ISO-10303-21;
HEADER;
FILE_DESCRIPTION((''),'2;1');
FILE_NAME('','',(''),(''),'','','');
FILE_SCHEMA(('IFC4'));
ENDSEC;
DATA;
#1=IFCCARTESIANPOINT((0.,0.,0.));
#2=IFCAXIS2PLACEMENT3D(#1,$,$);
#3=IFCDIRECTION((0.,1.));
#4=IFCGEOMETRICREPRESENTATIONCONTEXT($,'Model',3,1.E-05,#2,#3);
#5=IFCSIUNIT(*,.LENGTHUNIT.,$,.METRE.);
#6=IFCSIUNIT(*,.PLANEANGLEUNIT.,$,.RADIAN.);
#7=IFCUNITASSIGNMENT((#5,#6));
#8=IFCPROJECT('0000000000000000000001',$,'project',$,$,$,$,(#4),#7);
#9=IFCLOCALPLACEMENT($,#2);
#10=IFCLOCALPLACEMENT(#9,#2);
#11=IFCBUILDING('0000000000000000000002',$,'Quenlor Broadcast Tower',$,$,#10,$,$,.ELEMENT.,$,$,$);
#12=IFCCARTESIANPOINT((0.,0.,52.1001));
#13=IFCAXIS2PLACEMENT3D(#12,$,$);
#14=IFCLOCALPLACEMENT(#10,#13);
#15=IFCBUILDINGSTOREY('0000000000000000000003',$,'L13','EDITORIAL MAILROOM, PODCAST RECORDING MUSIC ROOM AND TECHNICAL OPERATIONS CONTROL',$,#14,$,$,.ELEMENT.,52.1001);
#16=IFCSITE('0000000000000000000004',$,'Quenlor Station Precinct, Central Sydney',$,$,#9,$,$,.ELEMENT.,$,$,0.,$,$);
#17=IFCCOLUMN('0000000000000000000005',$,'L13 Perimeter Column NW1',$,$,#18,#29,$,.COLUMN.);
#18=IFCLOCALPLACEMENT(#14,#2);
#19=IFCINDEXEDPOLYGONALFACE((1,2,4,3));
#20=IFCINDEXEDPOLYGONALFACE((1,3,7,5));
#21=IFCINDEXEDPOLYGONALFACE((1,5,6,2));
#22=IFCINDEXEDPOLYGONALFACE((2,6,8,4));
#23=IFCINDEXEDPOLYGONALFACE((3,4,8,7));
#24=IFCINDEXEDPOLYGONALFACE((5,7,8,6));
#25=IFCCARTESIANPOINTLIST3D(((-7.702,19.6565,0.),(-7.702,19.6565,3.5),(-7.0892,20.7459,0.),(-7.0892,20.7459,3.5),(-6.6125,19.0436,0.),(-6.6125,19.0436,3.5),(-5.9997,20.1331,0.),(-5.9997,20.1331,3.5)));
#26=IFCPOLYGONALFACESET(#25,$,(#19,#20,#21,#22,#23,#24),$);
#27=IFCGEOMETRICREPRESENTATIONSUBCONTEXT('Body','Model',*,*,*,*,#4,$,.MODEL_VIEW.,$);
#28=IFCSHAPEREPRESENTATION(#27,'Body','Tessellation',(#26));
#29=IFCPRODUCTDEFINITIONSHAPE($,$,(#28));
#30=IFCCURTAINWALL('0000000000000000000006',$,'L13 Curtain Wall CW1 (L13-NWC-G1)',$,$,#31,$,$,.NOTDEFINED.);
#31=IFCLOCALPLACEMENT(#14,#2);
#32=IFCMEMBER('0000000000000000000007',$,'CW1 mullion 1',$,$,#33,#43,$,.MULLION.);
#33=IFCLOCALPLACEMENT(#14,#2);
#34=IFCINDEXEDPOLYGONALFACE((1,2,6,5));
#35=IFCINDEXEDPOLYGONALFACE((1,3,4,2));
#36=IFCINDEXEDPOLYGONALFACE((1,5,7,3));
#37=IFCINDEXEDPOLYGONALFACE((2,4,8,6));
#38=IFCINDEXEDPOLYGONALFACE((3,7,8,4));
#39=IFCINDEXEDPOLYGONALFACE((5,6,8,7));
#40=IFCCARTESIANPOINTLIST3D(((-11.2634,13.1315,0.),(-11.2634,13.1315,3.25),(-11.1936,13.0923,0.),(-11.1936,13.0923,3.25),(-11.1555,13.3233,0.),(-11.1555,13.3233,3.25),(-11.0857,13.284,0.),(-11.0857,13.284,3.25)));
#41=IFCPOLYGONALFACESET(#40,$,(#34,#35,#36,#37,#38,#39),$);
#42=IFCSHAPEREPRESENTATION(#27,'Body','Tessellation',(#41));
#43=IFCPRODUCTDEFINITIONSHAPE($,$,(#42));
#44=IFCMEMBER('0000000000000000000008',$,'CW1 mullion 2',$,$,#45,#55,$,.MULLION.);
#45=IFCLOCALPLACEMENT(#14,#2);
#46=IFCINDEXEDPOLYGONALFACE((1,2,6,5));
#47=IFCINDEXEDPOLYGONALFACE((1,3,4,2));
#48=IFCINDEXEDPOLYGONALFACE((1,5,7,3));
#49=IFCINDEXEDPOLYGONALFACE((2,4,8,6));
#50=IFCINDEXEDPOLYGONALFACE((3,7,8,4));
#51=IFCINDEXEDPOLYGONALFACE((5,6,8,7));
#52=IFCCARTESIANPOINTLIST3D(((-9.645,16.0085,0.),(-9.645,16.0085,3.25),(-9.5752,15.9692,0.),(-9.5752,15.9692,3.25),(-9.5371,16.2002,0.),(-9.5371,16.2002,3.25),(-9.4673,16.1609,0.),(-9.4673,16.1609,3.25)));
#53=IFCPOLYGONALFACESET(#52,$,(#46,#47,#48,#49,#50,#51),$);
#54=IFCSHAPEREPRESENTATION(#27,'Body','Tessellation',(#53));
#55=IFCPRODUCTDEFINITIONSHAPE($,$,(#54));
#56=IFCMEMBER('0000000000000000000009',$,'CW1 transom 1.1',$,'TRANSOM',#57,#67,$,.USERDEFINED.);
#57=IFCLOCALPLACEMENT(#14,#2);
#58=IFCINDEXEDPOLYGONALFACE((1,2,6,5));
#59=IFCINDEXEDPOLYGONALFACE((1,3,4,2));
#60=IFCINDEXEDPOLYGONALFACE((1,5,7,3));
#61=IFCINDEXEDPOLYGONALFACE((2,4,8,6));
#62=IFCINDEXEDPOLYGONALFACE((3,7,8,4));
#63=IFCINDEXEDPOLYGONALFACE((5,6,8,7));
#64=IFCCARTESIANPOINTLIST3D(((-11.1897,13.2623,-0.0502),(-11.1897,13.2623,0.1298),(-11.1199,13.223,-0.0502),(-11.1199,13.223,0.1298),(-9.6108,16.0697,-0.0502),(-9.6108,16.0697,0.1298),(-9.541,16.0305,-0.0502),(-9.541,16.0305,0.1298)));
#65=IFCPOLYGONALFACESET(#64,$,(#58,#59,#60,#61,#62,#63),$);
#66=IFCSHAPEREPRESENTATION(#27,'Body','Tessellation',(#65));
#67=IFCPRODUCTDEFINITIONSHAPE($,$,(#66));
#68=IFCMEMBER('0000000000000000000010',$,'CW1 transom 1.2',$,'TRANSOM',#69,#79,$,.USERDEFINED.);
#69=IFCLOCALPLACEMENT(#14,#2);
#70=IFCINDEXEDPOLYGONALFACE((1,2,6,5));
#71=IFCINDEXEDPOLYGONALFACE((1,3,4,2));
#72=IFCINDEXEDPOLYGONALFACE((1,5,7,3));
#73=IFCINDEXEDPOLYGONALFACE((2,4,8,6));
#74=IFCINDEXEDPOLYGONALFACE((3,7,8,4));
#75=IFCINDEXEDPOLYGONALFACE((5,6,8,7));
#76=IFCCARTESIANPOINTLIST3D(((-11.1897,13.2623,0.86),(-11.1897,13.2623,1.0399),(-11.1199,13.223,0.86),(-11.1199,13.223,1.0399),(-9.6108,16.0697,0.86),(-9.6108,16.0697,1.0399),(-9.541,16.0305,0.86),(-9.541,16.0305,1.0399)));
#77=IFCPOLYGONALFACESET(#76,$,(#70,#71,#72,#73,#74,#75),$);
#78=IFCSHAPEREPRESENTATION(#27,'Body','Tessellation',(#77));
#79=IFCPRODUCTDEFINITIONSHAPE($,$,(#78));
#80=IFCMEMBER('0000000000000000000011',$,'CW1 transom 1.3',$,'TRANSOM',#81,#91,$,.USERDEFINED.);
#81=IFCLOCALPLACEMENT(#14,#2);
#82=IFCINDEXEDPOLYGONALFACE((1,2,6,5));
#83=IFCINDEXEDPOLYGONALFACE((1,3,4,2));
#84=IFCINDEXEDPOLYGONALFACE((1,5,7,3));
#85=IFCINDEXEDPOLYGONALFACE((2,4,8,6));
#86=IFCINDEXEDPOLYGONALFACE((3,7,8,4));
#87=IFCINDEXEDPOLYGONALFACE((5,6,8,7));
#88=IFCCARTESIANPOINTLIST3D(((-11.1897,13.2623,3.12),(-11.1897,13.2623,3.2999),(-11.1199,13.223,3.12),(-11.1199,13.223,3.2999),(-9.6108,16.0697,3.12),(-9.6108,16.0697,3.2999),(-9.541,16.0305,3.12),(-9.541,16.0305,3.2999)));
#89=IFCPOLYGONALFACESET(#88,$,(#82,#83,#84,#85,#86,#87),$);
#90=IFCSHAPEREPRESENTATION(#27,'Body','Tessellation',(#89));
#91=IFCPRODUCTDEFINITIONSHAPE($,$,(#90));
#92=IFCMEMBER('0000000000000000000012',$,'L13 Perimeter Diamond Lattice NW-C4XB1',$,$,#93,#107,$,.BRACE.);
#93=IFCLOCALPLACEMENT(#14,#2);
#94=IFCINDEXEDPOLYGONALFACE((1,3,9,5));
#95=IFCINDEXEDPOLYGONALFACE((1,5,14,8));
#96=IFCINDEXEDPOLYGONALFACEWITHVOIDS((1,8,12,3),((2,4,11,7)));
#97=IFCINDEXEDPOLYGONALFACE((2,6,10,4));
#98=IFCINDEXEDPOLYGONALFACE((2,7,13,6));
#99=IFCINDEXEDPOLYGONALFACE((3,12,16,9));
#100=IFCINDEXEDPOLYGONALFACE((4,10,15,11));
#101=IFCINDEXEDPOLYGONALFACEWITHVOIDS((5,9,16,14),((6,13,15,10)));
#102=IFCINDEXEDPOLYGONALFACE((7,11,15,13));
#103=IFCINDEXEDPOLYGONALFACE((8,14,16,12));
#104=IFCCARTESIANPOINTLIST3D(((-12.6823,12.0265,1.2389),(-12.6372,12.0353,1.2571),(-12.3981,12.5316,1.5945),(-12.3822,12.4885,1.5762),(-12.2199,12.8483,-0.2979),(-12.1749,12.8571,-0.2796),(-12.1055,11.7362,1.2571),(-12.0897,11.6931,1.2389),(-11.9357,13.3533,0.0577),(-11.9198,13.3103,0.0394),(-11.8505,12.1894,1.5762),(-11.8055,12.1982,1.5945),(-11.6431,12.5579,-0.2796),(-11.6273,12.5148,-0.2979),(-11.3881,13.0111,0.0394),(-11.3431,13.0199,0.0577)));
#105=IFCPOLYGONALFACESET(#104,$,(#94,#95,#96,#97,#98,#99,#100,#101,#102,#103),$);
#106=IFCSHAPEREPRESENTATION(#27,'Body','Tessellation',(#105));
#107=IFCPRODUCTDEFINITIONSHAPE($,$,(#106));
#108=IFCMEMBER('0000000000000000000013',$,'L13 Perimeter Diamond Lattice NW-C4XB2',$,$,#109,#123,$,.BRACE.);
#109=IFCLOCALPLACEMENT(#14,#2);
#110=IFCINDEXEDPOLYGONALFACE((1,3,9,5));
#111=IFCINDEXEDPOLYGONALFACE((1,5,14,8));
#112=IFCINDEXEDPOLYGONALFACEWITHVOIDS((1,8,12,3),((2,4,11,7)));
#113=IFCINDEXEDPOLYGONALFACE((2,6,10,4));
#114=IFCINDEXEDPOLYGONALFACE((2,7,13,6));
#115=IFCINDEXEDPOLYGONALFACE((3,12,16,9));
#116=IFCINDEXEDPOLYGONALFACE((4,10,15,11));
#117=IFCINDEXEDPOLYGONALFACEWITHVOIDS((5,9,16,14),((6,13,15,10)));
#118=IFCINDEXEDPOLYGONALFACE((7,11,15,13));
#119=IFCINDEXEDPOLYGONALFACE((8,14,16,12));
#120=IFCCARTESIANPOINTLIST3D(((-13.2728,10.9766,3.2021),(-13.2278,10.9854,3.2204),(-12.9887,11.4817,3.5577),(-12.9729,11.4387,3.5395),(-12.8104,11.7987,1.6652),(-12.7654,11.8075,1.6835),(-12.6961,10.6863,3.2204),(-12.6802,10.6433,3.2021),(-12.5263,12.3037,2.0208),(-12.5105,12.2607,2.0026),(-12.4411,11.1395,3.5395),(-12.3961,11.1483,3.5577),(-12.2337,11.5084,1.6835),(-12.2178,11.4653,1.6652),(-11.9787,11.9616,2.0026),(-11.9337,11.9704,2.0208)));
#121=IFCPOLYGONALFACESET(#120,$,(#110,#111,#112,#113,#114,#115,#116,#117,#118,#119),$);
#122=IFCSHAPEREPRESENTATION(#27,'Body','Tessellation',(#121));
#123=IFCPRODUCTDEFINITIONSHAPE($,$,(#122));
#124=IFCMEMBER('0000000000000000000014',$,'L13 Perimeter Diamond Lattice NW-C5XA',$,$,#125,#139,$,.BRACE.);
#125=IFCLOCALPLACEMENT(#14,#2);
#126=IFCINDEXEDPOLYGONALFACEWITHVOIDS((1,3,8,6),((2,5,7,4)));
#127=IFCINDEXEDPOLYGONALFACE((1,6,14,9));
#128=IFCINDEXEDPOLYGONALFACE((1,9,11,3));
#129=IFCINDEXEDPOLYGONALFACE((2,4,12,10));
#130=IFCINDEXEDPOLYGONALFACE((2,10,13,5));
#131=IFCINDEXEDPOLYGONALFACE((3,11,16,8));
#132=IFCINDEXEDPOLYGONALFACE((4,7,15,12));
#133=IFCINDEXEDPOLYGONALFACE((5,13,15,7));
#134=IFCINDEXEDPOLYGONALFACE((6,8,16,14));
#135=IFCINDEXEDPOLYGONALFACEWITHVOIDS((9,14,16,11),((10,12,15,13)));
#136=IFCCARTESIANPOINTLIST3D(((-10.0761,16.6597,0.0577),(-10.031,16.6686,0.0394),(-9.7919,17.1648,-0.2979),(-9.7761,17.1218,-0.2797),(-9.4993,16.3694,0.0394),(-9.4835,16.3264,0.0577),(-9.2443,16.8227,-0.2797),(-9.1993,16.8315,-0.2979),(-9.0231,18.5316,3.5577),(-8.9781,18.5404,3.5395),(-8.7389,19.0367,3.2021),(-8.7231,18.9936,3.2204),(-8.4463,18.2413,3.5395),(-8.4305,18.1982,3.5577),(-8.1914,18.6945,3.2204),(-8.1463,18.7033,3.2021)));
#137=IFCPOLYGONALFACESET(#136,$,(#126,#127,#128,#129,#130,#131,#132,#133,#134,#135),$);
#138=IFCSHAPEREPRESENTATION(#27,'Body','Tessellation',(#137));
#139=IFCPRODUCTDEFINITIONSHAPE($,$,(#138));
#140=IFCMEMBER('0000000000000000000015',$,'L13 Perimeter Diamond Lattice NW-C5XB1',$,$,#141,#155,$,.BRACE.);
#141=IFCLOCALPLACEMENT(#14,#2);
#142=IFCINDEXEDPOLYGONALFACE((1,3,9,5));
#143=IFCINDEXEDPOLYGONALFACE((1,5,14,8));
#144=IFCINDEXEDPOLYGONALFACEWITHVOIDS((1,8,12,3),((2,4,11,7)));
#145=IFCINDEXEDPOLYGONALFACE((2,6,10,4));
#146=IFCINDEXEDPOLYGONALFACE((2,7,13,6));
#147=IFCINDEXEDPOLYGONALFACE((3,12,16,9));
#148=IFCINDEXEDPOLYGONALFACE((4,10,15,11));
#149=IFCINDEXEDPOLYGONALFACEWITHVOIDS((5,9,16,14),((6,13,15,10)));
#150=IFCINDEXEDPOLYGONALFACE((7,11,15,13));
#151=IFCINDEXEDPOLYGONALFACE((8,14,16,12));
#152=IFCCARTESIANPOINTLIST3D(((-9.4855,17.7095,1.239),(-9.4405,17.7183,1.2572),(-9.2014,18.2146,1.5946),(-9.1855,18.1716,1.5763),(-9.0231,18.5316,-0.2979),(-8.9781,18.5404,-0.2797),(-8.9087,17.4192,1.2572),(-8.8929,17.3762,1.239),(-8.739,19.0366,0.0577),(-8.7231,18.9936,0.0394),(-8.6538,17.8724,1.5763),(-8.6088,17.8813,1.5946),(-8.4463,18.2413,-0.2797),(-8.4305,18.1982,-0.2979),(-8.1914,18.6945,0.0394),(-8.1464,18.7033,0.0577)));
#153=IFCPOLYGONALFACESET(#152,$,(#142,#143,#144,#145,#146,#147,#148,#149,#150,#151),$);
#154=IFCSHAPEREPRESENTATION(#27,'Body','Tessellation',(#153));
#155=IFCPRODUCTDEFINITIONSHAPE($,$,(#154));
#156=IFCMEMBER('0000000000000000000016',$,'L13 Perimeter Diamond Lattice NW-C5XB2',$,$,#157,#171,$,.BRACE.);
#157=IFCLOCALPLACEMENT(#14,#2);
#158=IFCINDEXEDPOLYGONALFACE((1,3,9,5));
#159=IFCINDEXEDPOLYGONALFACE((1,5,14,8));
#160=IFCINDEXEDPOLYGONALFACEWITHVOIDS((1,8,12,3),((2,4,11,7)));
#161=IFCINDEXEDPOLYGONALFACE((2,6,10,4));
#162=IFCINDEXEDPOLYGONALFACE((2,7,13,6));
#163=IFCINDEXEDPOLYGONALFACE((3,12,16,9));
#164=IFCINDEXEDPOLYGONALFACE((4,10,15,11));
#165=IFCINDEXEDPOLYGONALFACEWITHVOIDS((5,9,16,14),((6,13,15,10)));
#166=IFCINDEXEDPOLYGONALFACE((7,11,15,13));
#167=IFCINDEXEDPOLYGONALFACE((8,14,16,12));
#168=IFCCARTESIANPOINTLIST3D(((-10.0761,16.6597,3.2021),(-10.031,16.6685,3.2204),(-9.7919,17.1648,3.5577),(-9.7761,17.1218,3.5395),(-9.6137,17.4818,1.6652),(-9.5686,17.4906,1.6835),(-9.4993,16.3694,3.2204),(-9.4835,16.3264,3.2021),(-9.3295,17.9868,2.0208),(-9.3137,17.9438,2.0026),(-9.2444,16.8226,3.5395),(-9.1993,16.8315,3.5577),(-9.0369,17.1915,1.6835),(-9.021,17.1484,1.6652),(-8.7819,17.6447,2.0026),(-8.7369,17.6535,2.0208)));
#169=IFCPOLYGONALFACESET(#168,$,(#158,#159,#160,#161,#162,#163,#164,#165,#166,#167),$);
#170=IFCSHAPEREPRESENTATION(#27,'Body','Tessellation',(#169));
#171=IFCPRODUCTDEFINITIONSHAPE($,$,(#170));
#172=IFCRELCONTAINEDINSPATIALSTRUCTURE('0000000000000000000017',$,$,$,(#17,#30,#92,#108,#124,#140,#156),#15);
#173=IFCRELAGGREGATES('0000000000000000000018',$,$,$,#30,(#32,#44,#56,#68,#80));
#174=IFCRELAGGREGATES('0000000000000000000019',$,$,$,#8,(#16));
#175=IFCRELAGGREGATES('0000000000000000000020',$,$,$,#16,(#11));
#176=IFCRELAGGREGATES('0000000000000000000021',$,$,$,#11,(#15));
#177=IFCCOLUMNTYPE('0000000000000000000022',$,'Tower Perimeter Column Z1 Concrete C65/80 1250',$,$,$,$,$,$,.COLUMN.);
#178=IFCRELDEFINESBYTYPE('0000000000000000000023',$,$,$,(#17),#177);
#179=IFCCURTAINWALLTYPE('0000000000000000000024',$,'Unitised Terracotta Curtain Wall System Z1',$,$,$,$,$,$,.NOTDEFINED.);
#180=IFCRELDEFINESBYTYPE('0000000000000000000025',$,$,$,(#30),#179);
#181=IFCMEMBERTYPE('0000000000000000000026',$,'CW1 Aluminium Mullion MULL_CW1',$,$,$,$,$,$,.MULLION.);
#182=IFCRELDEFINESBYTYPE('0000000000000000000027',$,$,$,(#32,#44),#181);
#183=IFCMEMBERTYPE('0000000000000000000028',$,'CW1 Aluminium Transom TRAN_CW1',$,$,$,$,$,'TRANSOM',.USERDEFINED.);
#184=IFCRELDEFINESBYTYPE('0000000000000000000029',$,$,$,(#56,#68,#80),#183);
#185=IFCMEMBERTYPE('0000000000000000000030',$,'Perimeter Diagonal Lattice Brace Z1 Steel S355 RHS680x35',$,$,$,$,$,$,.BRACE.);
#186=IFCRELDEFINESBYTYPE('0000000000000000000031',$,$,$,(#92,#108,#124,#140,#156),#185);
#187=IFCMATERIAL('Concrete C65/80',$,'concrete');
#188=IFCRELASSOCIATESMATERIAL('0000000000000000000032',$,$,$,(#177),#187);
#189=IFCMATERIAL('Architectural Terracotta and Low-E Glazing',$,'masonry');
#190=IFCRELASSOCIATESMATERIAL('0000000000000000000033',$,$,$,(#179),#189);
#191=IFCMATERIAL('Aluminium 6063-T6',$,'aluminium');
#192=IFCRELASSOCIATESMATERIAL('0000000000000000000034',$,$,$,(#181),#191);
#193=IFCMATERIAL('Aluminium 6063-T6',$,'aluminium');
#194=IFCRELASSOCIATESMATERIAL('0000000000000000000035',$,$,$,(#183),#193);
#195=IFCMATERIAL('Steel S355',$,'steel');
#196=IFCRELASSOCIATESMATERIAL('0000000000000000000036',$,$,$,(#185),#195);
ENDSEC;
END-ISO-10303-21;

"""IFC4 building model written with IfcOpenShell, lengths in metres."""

from ifc_helpers import new_model, si_unit, direction, frame, origin, origin_2d, place, context, subcontext, project, spatial, rectangle, hollow_rectangle, extrude, material, material_profile, profile_set, type_object, element, aggregate, save


model = new_model("IFC4")

# Units and contexts
model_context = context("Model", 3, precision=1e-05, world=origin(), true_north=direction((0.0, 1.0)))
body_context = subcontext(model_context, "Body", "Model", "MODEL_VIEW")
ifc_project = project(units=[si_unit("LENGTHUNIT", "METRE"), si_unit("PLANEANGLEUNIT", "RADIAN")], contexts=[model_context])

# Site, building, storey
site_placement = place(None, origin())
site = spatial("IfcSite", under=ifc_project, at=site_placement, Name="Quenlor Station Precinct, Central Sydney", CompositionType="ELEMENT", RefElevation=0.0)
building_placement = place(site_placement, origin())
building = spatial("IfcBuilding", under=site, at=building_placement, Name="Quenlor Broadcast Tower", CompositionType="ELEMENT")
storey_placement = place(building_placement, frame((0.0, 0.0, 52.1001)))
storey = spatial("IfcBuildingStorey", under=building, at=storey_placement, Name="L13", Description="EDITORIAL MAILROOM, PODCAST RECORDING MUSIC ROOM AND TECHNICAL OPERATIONS CONTROL", CompositionType="ELEMENT", Elevation=52.1001)

# Column
ifc_material_1 = material(Name="Concrete C65/80", Category="concrete")
ifc_material_profile_1 = material_profile(ifc_material_1, rectangle(XDim=1.25, YDim=1.25, at=origin_2d()))
ifc_profile_set_1 = profile_set([ifc_material_profile_1], Name="Concrete C65/80 RC1250x1250")
column_type = type_object("IfcColumnType", Name="Tower Perimeter Column Z1 Concrete C65/80 1250", PredefinedType="COLUMN", material=ifc_profile_set_1)
column_placement = place(storey_placement, frame((-6.8508, 19.8948, 0.0), z_axis=(0.0, 0.0, 1.0), x_axis=(-0.871575, 0.490262, 0.0)))
element("IfcColumn", 1, at=column_placement, inside=storey, type_object=column_type, Name="L13 Perimeter Column NW1", PredefinedType="COLUMN", context=body_context, shape_type="SweptSolid", body=[
    extrude(rectangle(XDim=1.25, YDim=1.25, at=origin_2d()), origin(), (0.0, 0.0, 1.0), 3.5),
])

# Curtain wall, members
ifc_material_2 = material(Name="Architectural Terracotta and Low-E Glazing", Category="masonry")
curtain_wall_type = type_object("IfcCurtainWallType", Name="Unitised Terracotta Curtain Wall System Z1", PredefinedType="NOTDEFINED", material=ifc_material_2)
curtain_wall_placement = place(storey_placement, origin())
curtain_wall = element("IfcCurtainWall", 2, at=curtain_wall_placement, inside=storey, type_object=curtain_wall_type, Name="L13 Curtain Wall CW1 (L13-NWC-G1)", PredefinedType="NOTDEFINED")
ifc_material_3 = material(Name="Aluminium 6063-T6", Category="aluminium")
ifc_material_profile_2 = material_profile(ifc_material_3, rectangle(XDim=0.0801, YDim=0.22, at=origin_2d()))
ifc_profile_set_2 = profile_set([ifc_material_profile_2], Name="Aluminium 6063-T6 MULL80x220")
member_type_1 = type_object("IfcMemberType", Name="CW1 Aluminium Mullion MULL_CW1", PredefinedType="MULLION", material=ifc_profile_set_2)
member_1_placement = place(storey_placement, frame((-11.1746, 13.2078, 0.0), z_axis=(0.0, 0.0, 1.0), x_axis=(-0.871585, 0.490244, 0.0)))
member_1 = element("IfcMember", 3, at=member_1_placement, type_object=member_type_1, Name="CW1 mullion 1", PredefinedType="MULLION", context=body_context, shape_type="SweptSolid", body=[
    extrude(rectangle(XDim=0.0801, YDim=0.22, at=origin_2d()), origin(), (0.0, 0.0, 1.0), 3.25),
])
member_2_placement = place(storey_placement, frame((-9.5562, 16.0847, 0.0), z_axis=(0.0, 0.0, 1.0), x_axis=(-0.871585, 0.490244, 0.0)))
member_2 = element("IfcMember", 4, at=member_2_placement, type_object=member_type_1, Name="CW1 mullion 2", PredefinedType="MULLION", context=body_context, shape_type="SweptSolid", body=[
    extrude(rectangle(XDim=0.0801, YDim=0.22, at=origin_2d()), origin(), (0.0, 0.0, 1.0), 3.25),
])
ifc_material_4 = material(Name="Aluminium 6063-T6", Category="aluminium")
ifc_material_profile_3 = material_profile(ifc_material_4, rectangle(XDim=0.0801, YDim=0.1799, at=origin_2d()))
ifc_profile_set_3 = profile_set([ifc_material_profile_3], Name="Aluminium 6063-T6 TRAN80x180")
member_type_2 = type_object("IfcMemberType", Name="CW1 Aluminium Transom TRAN_CW1", ElementType="TRANSOM", PredefinedType="USERDEFINED", material=ifc_profile_set_3)
member_3_placement = place(storey_placement, frame((-11.1548, 13.2427, 0.0398), z_axis=(0.490193, 0.871614, 0.0), x_axis=(-0.871614, 0.490193, 0.0)))
member_3 = element("IfcMember", 5, at=member_3_placement, type_object=member_type_2, Name="CW1 transom 1.1", ObjectType="TRANSOM", PredefinedType="USERDEFINED", context=body_context, shape_type="SweptSolid", body=[
    extrude(rectangle(XDim=0.0801, YDim=0.1799, at=origin_2d()), origin(), (0.0, 0.0, 1.0), 3.2209),
])
member_4_placement = place(storey_placement, frame((-11.1548, 13.2427, 0.95), z_axis=(0.490193, 0.871614, 0.0), x_axis=(-0.871614, 0.490193, 0.0)))
member_4 = element("IfcMember", 6, at=member_4_placement, type_object=member_type_2, Name="CW1 transom 1.2", ObjectType="TRANSOM", PredefinedType="USERDEFINED", context=body_context, shape_type="SweptSolid", body=[
    extrude(rectangle(XDim=0.0801, YDim=0.1799, at=origin_2d()), origin(), (0.0, 0.0, 1.0), 3.2209),
])
member_5_placement = place(storey_placement, frame((-11.1548, 13.2427, 3.21), z_axis=(0.490193, 0.871614, 0.0), x_axis=(-0.871614, 0.490193, 0.0)))
member_5 = element("IfcMember", 7, at=member_5_placement, type_object=member_type_2, Name="CW1 transom 1.3", ObjectType="TRANSOM", PredefinedType="USERDEFINED", context=body_context, shape_type="SweptSolid", body=[
    extrude(rectangle(XDim=0.0801, YDim=0.1799, at=origin_2d()), origin(), (0.0, 0.0, 1.0), 3.2209),
])

# Members
ifc_material_5 = material(Name="Steel S355", Category="steel")
ifc_material_profile_4 = material_profile(ifc_material_5, hollow_rectangle(XDim=0.6799, YDim=0.6799, WallThickness=0.0349, at=origin_2d()))
ifc_profile_set_4 = profile_set([ifc_material_profile_4], Name="Steel S355 RHS680x680x35")
member_type_3 = type_object("IfcMemberType", Name="Perimeter Diagonal Lattice Brace Z1 Steel S355 RHS680x35", PredefinedType="BRACE", material=ifc_profile_set_4)
member_6_placement = place(storey_placement, frame((-11.7815, 12.9341, -0.1201), z_axis=(-0.256452, -0.455764, 0.852357), x_axis=(0.871506, -0.490384, 0.0)))
element("IfcMember", 8, at=member_6_placement, inside=storey, type_object=member_type_3, Name="L13 Perimeter Diamond Lattice NW-C4XB1", PredefinedType="BRACE", context=body_context, shape_type="SweptSolid", body=[
    extrude(hollow_rectangle(XDim=0.6799, YDim=0.6799, WallThickness=0.0349, at=origin_2d()), origin(), (0.0, 0.0, 1.0), 1.803),
])
member_7_placement = place(storey_placement, frame((-12.3721, 11.8845, 1.843), z_axis=(-0.256436, -0.455871, 0.852304), x_axis=(0.871569, -0.490274, 0.0)))
element("IfcMember", 9, at=member_7_placement, inside=storey, type_object=member_type_3, Name="L13 Perimeter Diamond Lattice NW-C4XB2", PredefinedType="BRACE", context=body_context, shape_type="SweptSolid", body=[
    extrude(hollow_rectangle(XDim=0.6799, YDim=0.6799, WallThickness=0.0349, at=origin_2d()), origin(), (0.0, 0.0, 1.0), 1.8032),
])
member_8_placement = place(storey_placement, frame((-9.6377, 16.7456, -0.1201), z_axis=(0.256424, 0.455832, 0.852329), x_axis=(-0.87156, 0.490288, 0.0)))
element("IfcMember", 10, at=member_8_placement, inside=storey, type_object=member_type_3, Name="L13 Perimeter Diamond Lattice NW-C5XA", PredefinedType="BRACE", context=body_context, shape_type="SweptSolid", body=[
    extrude(hollow_rectangle(XDim=0.6799, YDim=0.6799, WallThickness=0.0349, at=origin_2d()), origin(), (0.0, 0.0, 1.0), 4.1064),
])
for number, where, z_axis, x_axis, name in (
    (11, (-8.5847, 18.6174, -0.1201), (-0.256436, -0.455871, 0.852304), (0.871569, -0.490274, 0.0), "L13 Perimeter Diamond Lattice NW-C5XB1"),
    (12, (-9.1753, 17.5676, 1.843), (-0.256436, -0.455871, 0.852304), (0.871569, -0.490274, 0.0), "L13 Perimeter Diamond Lattice NW-C5XB2"),
):
    element("IfcMember", number, at=place(storey_placement, frame(where, z_axis=z_axis, x_axis=x_axis)), inside=storey, type_object=member_type_3, Name=name, PredefinedType="BRACE", context=body_context, shape_type="SweptSolid", body=[
        extrude(hollow_rectangle(XDim=0.6799, YDim=0.6799, WallThickness=0.0349, at=origin_2d()), origin(), (0.0, 0.0, 1.0), 1.8032),
    ])

aggregate(curtain_wall, [member_1, member_2, member_3, member_4, member_5])

save(model, "model.ifc")
